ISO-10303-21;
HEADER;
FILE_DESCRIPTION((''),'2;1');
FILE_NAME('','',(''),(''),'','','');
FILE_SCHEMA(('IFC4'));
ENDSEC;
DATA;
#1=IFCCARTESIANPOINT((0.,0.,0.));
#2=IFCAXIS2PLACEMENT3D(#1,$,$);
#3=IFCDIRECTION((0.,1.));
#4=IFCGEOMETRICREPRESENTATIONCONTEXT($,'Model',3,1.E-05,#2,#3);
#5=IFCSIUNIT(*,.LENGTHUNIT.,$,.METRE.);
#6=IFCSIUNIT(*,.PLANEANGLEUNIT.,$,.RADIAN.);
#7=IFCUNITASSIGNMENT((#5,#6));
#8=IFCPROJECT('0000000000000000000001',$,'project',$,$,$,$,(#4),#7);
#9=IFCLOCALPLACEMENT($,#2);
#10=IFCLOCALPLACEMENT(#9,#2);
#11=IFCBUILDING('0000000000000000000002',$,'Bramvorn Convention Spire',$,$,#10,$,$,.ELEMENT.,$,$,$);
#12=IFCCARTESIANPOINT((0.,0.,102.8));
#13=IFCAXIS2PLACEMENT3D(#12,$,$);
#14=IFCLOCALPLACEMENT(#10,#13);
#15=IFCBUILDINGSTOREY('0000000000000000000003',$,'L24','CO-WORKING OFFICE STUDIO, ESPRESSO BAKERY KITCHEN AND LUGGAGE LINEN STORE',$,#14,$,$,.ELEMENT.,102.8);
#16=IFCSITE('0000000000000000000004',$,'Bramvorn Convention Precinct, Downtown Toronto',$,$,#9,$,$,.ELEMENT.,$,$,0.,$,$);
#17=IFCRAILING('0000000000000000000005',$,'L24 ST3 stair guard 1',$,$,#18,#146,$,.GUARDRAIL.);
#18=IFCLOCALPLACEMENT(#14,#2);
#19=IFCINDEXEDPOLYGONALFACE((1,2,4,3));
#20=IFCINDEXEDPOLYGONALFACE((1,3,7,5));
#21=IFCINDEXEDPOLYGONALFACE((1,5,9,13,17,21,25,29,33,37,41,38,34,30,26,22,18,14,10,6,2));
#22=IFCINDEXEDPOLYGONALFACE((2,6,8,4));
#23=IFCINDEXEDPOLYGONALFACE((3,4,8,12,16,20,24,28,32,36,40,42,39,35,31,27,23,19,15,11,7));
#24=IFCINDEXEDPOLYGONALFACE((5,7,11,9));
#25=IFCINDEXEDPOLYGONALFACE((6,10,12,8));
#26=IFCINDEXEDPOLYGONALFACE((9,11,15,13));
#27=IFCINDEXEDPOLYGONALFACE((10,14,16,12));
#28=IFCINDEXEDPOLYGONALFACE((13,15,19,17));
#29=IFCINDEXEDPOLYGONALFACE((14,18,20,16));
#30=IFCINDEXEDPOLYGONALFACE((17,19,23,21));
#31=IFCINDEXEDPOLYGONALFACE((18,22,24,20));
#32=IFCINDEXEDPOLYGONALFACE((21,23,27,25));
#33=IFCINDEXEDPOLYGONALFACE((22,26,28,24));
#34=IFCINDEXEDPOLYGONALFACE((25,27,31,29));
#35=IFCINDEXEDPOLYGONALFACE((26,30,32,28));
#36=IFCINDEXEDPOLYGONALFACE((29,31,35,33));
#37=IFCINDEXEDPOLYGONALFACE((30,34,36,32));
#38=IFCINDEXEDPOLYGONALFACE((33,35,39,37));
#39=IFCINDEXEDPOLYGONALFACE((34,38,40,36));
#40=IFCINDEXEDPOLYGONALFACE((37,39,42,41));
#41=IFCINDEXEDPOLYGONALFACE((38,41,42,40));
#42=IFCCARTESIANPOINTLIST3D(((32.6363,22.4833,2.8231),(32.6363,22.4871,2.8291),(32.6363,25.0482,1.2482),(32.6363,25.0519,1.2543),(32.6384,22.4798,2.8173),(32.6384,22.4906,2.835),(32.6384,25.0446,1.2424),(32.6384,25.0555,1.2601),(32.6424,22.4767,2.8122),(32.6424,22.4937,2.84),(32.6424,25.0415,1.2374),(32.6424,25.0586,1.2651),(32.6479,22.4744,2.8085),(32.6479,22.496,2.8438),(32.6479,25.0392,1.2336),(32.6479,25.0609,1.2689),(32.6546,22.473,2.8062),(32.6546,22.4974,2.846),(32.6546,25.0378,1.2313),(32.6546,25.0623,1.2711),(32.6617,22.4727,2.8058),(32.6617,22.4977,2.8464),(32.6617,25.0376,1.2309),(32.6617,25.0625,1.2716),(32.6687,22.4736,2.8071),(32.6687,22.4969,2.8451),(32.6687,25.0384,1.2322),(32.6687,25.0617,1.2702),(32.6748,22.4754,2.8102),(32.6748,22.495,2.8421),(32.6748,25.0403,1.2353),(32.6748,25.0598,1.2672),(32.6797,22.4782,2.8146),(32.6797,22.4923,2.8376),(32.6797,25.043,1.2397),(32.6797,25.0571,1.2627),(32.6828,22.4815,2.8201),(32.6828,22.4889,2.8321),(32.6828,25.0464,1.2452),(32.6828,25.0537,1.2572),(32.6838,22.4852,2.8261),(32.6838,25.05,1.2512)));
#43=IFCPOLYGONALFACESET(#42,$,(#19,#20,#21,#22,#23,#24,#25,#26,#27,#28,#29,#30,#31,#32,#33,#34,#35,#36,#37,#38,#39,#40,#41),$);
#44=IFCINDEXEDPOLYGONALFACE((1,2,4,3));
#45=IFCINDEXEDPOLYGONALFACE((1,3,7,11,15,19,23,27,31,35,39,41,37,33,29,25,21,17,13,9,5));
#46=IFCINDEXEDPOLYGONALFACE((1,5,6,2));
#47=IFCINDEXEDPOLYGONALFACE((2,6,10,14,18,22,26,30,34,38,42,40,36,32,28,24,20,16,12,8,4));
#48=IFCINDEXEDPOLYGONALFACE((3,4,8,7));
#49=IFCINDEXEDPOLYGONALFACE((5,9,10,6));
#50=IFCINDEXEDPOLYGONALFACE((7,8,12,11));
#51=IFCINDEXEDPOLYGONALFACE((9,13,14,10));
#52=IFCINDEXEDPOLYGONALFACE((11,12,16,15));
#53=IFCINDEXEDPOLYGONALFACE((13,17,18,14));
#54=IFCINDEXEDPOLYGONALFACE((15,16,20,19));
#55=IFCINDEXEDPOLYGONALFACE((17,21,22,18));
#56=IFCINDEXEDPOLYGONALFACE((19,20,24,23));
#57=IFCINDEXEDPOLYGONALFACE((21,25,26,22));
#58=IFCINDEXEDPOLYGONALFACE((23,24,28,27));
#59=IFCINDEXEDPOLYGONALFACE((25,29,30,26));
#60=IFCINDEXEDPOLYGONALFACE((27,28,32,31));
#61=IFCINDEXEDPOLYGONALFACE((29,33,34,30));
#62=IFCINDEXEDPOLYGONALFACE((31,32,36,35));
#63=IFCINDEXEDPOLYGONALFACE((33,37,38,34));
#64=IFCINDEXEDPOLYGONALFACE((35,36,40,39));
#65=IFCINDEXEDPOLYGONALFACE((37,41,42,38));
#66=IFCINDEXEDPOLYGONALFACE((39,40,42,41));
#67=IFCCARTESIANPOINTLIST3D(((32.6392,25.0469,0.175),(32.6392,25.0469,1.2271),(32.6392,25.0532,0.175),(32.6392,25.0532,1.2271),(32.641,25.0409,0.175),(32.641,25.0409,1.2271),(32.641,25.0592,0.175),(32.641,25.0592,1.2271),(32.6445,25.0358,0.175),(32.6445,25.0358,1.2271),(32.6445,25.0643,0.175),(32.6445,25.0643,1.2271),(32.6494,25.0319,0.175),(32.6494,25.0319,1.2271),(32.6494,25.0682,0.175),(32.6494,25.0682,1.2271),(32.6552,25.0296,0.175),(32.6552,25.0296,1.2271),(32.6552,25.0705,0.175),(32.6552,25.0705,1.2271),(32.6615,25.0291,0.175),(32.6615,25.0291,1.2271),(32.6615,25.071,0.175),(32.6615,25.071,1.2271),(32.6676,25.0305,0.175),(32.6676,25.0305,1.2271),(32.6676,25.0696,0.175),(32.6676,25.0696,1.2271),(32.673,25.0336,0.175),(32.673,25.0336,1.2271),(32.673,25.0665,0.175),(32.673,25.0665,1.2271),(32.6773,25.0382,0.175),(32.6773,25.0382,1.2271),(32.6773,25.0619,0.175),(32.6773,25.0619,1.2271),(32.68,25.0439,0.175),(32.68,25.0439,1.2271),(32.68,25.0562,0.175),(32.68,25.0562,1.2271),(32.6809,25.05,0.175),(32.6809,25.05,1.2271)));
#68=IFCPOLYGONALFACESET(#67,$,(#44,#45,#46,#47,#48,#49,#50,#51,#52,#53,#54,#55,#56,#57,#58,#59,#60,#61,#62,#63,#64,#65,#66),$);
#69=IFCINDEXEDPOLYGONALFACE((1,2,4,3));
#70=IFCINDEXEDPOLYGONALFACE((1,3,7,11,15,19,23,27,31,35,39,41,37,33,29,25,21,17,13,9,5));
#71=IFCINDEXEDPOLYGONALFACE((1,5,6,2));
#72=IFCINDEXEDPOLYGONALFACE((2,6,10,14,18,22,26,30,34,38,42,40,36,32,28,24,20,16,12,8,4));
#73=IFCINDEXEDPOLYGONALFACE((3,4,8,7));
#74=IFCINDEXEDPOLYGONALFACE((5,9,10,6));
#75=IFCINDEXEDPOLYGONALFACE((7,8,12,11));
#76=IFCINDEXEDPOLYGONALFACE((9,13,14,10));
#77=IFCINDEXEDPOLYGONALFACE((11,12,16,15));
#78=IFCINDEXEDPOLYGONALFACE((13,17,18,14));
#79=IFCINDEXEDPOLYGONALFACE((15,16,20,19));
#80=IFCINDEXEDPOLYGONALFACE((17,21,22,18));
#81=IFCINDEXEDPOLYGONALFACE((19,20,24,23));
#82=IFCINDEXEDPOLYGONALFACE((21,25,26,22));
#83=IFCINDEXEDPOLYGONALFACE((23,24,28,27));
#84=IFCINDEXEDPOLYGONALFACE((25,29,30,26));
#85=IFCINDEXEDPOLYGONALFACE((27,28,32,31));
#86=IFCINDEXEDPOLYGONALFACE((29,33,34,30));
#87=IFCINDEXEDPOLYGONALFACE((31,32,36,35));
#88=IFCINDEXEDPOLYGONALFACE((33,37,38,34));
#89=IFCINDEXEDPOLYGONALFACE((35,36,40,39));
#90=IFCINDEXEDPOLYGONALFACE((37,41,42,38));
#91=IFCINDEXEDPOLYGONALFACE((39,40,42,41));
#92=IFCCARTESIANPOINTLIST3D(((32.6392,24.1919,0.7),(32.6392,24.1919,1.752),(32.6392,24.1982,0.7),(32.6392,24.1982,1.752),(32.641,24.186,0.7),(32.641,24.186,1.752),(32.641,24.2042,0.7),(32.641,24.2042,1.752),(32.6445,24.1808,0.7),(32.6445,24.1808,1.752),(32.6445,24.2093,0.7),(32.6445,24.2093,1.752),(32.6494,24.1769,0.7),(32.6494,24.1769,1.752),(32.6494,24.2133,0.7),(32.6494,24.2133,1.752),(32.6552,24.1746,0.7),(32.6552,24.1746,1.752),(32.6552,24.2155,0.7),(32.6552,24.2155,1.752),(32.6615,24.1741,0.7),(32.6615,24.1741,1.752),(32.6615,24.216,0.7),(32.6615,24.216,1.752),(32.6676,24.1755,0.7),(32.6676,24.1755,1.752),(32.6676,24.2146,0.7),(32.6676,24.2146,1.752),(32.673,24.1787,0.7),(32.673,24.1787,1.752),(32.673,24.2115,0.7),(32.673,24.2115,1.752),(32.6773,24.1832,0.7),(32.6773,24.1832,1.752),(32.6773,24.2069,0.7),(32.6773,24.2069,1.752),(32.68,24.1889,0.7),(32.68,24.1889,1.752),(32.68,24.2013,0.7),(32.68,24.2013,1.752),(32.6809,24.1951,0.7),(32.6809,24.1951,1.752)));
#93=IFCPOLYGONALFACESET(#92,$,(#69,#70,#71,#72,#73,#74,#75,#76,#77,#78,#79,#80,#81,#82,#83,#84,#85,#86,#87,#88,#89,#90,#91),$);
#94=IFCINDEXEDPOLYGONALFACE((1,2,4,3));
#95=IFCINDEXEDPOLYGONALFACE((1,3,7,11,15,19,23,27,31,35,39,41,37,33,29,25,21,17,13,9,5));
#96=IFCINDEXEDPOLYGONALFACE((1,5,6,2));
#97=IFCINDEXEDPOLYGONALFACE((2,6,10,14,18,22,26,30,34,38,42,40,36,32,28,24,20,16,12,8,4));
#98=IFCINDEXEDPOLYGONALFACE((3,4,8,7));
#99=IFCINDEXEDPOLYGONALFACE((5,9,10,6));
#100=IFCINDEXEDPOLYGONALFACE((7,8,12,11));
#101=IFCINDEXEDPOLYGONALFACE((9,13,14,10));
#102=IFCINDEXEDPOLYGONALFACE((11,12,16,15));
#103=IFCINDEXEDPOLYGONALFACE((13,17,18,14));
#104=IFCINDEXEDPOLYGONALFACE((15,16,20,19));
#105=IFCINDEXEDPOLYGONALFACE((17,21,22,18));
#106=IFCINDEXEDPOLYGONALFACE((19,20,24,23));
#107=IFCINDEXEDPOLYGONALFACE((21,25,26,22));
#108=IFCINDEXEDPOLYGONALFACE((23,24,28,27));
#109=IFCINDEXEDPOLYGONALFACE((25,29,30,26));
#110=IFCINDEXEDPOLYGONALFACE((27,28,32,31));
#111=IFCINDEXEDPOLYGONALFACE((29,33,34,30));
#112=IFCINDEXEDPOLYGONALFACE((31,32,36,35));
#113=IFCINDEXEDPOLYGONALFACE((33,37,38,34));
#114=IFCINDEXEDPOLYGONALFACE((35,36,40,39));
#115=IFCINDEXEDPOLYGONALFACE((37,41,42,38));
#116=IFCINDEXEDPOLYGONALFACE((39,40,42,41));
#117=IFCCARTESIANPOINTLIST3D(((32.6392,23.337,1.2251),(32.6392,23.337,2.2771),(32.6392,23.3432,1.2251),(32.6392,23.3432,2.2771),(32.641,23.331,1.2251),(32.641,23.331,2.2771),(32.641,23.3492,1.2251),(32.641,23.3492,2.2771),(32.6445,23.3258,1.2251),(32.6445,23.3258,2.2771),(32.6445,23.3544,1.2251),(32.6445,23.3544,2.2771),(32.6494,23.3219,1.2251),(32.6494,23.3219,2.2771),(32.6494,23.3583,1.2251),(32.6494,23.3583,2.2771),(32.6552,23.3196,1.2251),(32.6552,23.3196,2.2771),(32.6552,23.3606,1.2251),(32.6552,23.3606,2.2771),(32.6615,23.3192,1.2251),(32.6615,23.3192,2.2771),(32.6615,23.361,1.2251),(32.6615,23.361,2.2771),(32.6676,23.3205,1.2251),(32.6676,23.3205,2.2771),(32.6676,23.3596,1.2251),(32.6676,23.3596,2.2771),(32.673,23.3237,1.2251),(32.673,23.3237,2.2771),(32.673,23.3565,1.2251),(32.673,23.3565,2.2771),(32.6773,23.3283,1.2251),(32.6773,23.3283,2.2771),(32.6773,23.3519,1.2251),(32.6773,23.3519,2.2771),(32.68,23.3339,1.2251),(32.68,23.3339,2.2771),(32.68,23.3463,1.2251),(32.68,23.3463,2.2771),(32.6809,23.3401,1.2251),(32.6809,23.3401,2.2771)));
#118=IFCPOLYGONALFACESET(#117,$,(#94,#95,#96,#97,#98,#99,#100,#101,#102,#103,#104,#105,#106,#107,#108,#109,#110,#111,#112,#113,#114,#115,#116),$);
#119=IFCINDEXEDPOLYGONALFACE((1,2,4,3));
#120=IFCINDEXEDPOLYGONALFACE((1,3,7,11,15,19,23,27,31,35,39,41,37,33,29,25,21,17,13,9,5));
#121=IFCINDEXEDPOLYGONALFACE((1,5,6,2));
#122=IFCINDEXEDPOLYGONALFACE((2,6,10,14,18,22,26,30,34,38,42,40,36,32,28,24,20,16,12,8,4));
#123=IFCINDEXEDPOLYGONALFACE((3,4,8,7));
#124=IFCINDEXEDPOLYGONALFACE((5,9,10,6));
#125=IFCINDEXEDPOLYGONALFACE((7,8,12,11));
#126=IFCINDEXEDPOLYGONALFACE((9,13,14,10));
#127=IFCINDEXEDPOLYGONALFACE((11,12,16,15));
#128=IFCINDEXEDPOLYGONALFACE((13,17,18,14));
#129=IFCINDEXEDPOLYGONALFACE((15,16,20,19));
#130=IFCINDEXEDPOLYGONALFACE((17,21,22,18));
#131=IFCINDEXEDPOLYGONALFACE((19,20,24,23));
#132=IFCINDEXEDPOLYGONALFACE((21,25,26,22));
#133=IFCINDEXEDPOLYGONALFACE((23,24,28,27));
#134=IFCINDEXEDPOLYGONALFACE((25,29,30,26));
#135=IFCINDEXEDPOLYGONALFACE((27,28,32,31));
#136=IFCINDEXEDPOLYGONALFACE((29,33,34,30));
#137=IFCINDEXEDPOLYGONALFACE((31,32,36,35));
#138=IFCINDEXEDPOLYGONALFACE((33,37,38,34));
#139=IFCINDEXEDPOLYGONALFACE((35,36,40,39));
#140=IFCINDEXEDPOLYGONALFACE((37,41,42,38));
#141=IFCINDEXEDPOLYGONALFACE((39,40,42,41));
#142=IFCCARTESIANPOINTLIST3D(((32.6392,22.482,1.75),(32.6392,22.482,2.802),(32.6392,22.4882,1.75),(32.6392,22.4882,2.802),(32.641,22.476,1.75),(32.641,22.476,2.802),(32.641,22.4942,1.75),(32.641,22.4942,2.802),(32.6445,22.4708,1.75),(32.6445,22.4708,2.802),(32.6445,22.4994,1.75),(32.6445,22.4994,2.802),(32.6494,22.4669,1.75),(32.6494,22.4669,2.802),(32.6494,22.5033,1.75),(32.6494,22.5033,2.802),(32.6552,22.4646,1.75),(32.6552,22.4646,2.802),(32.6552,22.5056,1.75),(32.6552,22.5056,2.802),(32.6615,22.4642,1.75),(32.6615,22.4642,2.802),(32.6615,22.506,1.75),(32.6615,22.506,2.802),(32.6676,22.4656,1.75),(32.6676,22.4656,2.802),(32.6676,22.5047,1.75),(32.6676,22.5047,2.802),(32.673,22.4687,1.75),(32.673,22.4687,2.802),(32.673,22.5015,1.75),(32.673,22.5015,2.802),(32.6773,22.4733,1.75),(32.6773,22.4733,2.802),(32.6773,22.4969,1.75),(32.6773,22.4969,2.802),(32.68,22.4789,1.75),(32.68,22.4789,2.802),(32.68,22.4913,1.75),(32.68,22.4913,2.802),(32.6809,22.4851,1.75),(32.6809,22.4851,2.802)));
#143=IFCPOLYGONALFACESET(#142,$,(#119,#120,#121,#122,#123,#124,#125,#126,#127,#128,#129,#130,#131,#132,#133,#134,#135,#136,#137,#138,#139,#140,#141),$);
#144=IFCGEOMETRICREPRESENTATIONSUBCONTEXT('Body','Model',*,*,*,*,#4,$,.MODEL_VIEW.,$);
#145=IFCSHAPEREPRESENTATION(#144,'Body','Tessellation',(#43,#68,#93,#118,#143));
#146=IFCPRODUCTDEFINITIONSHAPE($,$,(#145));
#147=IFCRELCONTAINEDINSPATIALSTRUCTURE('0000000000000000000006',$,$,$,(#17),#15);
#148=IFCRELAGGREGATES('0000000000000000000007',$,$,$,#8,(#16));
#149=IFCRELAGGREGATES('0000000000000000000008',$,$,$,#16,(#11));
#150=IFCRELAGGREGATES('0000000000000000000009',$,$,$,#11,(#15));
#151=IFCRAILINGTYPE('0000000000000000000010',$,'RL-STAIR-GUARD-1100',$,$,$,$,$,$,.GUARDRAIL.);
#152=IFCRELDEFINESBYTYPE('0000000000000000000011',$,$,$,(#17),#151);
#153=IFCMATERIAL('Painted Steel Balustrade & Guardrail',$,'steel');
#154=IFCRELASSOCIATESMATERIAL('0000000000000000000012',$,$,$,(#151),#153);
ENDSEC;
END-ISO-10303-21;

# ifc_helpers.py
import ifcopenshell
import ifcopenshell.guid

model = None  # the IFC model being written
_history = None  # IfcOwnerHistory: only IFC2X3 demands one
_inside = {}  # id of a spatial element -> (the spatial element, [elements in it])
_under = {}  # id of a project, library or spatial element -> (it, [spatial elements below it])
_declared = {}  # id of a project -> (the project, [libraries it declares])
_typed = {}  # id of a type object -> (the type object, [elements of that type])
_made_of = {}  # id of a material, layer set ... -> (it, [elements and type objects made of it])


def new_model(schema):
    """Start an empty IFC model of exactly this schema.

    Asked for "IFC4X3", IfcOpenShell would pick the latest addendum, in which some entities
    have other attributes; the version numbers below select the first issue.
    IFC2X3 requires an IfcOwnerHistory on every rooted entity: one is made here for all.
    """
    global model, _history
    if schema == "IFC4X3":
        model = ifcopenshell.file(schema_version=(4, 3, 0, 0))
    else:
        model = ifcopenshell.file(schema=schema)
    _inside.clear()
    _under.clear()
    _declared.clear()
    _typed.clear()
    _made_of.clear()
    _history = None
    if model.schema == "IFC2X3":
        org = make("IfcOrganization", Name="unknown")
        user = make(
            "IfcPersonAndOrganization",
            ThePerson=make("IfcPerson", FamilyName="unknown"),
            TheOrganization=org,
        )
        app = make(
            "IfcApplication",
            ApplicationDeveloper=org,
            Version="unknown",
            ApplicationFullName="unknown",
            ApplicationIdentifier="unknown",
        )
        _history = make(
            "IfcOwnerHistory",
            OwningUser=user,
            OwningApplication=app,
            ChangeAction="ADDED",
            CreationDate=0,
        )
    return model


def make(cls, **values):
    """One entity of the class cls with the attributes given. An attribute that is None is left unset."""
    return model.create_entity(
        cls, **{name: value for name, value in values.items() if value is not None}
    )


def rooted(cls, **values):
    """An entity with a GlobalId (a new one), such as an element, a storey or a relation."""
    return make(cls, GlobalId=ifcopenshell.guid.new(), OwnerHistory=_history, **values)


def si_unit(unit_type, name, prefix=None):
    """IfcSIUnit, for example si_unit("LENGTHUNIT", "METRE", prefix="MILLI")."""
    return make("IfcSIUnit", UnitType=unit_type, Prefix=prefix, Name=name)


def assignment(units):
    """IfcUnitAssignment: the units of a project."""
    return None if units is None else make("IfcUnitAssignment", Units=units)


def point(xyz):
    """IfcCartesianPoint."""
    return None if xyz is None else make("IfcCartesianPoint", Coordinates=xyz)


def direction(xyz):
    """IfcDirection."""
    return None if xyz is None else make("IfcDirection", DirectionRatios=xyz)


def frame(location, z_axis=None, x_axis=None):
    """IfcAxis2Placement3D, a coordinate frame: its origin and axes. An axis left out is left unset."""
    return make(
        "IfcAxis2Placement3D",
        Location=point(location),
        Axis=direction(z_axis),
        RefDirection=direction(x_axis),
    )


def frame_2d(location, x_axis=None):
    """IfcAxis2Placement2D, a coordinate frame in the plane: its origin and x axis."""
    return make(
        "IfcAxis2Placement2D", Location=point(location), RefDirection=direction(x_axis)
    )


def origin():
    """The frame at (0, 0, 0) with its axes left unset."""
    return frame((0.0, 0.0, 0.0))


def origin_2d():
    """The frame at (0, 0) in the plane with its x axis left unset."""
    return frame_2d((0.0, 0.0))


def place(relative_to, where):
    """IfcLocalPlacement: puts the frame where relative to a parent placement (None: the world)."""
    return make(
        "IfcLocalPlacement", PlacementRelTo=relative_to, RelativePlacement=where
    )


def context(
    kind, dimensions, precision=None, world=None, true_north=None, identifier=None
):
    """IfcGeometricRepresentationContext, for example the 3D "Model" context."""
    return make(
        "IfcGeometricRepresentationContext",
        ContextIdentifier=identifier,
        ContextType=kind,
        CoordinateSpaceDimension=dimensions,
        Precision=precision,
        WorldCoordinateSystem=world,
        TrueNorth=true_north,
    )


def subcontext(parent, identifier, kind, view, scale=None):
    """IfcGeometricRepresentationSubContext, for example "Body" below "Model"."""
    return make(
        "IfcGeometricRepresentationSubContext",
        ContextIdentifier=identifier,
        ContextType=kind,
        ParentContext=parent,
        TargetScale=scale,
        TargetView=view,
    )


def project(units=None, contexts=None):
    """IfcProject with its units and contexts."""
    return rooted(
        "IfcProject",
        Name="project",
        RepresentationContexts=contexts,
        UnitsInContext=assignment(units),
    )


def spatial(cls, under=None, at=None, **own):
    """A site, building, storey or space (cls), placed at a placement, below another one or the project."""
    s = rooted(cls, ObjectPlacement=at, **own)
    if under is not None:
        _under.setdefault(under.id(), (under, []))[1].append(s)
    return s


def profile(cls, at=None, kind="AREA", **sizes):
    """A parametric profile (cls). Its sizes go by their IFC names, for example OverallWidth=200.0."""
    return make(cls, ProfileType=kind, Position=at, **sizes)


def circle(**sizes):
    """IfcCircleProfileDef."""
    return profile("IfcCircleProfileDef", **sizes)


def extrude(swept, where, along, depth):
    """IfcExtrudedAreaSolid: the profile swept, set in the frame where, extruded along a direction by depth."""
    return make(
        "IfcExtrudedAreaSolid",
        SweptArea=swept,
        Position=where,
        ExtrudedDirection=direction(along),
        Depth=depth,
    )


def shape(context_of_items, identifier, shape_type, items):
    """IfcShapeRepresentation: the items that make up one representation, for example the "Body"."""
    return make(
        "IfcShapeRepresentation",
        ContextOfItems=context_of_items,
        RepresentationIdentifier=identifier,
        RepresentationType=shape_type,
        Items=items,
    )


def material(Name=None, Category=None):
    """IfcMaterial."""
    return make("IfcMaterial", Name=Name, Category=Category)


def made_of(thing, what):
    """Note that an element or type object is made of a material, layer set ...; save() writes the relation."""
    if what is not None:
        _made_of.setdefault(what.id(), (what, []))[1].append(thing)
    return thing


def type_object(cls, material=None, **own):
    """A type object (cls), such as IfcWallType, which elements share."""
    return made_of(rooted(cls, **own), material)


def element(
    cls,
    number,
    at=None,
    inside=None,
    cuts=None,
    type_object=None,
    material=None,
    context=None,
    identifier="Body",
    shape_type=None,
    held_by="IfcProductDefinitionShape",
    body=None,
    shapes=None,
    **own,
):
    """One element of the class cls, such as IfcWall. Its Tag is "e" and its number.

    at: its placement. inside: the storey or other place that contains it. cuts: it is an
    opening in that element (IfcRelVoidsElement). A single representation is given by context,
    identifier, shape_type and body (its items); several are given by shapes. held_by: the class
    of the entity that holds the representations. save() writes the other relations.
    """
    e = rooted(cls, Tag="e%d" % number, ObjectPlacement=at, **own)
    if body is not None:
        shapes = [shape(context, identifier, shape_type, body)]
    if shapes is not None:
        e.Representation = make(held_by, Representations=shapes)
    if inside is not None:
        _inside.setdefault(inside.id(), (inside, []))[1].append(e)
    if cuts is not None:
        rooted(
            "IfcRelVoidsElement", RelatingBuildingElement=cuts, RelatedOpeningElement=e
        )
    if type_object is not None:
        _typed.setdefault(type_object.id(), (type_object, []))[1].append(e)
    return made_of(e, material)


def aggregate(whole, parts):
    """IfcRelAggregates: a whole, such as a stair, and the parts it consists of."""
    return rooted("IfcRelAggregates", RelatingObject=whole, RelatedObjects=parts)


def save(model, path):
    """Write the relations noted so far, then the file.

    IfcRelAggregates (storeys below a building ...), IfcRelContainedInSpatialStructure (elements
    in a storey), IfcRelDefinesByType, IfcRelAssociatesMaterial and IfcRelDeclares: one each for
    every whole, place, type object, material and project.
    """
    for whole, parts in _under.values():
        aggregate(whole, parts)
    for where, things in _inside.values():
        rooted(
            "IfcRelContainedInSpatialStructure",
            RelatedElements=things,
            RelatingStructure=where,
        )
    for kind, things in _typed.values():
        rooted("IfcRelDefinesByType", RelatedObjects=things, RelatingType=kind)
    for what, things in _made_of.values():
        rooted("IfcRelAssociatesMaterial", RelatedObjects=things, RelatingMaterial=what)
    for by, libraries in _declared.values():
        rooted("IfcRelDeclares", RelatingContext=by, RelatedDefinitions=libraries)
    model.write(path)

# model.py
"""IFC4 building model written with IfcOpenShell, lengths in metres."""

from ifc_helpers import new_model, si_unit, direction, frame, origin, origin_2d, place, context, subcontext, project, spatial, circle, extrude, material, type_object, element, save


model = new_model("IFC4")

# Units and contexts
model_context = context("Model", 3, precision=1e-05, world=origin(), true_north=direction((0.0, 1.0)))
body_context = subcontext(model_context, "Body", "Model", "MODEL_VIEW")
ifc_project = project(units=[si_unit("LENGTHUNIT", "METRE"), si_unit("PLANEANGLEUNIT", "RADIAN")], contexts=[model_context])

# Site, building, storey
site_placement = place(None, origin())
site = spatial("IfcSite", under=ifc_project, at=site_placement, Name="Bramvorn Convention Precinct, Downtown Toronto", CompositionType="ELEMENT", RefElevation=0.0)
building_placement = place(site_placement, origin())
building = spatial("IfcBuilding", under=site, at=building_placement, Name="Bramvorn Convention Spire", CompositionType="ELEMENT")
storey_placement = place(building_placement, frame((0.0, 0.0, 102.8)))
storey = spatial("IfcBuildingStorey", under=building, at=storey_placement, Name="L24", Description="CO-WORKING OFFICE STUDIO, ESPRESSO BAKERY KITCHEN AND LUGGAGE LINEN STORE", CompositionType="ELEMENT", Elevation=102.8)

# Railing
ifc_material_1 = material(Name="Painted Steel Balustrade & Guardrail", Category="steel")
railing_type_1 = type_object("IfcRailingType", Name="RL-STAIR-GUARD-1100", PredefinedType="GUARDRAIL", material=ifc_material_1)
railing_1_placement = place(storey_placement, frame((32.6599, 25.05, 0.175)))
element("IfcRailing", 1, at=railing_1_placement, inside=storey, type_object=railing_type_1, Name="L24 ST3 stair guard 1", PredefinedType="GUARDRAIL", context=body_context, shape_type="SweptSolid", body=[
    extrude(circle(Radius=0.0239, at=origin_2d()), frame((0.0, 0.0, 1.0762), z_axis=(0.0, -0.852173, 0.52326), x_axis=(1.0, 0.0, 0.0)), (0.0, 0.0, 1.0), 3.0098),
    extrude(circle(Radius=0.021, at=origin_2d()), origin(), (0.0, 0.0, 1.0), 1.052),
    extrude(circle(Radius=0.021, at=origin_2d()), frame((0.0, -0.855, 0.5249)), (0.0, 0.0, 1.0), 1.052),
    extrude(circle(Radius=0.021, at=origin_2d()), frame((0.0, -1.71, 1.05)), (0.0, 0.0, 1.0), 1.052),
    extrude(circle(Radius=0.021, at=origin_2d()), frame((0.0, -2.5649, 1.575)), (0.0, 0.0, 1.0), 1.052),
])

save(model, "model.ifc")
